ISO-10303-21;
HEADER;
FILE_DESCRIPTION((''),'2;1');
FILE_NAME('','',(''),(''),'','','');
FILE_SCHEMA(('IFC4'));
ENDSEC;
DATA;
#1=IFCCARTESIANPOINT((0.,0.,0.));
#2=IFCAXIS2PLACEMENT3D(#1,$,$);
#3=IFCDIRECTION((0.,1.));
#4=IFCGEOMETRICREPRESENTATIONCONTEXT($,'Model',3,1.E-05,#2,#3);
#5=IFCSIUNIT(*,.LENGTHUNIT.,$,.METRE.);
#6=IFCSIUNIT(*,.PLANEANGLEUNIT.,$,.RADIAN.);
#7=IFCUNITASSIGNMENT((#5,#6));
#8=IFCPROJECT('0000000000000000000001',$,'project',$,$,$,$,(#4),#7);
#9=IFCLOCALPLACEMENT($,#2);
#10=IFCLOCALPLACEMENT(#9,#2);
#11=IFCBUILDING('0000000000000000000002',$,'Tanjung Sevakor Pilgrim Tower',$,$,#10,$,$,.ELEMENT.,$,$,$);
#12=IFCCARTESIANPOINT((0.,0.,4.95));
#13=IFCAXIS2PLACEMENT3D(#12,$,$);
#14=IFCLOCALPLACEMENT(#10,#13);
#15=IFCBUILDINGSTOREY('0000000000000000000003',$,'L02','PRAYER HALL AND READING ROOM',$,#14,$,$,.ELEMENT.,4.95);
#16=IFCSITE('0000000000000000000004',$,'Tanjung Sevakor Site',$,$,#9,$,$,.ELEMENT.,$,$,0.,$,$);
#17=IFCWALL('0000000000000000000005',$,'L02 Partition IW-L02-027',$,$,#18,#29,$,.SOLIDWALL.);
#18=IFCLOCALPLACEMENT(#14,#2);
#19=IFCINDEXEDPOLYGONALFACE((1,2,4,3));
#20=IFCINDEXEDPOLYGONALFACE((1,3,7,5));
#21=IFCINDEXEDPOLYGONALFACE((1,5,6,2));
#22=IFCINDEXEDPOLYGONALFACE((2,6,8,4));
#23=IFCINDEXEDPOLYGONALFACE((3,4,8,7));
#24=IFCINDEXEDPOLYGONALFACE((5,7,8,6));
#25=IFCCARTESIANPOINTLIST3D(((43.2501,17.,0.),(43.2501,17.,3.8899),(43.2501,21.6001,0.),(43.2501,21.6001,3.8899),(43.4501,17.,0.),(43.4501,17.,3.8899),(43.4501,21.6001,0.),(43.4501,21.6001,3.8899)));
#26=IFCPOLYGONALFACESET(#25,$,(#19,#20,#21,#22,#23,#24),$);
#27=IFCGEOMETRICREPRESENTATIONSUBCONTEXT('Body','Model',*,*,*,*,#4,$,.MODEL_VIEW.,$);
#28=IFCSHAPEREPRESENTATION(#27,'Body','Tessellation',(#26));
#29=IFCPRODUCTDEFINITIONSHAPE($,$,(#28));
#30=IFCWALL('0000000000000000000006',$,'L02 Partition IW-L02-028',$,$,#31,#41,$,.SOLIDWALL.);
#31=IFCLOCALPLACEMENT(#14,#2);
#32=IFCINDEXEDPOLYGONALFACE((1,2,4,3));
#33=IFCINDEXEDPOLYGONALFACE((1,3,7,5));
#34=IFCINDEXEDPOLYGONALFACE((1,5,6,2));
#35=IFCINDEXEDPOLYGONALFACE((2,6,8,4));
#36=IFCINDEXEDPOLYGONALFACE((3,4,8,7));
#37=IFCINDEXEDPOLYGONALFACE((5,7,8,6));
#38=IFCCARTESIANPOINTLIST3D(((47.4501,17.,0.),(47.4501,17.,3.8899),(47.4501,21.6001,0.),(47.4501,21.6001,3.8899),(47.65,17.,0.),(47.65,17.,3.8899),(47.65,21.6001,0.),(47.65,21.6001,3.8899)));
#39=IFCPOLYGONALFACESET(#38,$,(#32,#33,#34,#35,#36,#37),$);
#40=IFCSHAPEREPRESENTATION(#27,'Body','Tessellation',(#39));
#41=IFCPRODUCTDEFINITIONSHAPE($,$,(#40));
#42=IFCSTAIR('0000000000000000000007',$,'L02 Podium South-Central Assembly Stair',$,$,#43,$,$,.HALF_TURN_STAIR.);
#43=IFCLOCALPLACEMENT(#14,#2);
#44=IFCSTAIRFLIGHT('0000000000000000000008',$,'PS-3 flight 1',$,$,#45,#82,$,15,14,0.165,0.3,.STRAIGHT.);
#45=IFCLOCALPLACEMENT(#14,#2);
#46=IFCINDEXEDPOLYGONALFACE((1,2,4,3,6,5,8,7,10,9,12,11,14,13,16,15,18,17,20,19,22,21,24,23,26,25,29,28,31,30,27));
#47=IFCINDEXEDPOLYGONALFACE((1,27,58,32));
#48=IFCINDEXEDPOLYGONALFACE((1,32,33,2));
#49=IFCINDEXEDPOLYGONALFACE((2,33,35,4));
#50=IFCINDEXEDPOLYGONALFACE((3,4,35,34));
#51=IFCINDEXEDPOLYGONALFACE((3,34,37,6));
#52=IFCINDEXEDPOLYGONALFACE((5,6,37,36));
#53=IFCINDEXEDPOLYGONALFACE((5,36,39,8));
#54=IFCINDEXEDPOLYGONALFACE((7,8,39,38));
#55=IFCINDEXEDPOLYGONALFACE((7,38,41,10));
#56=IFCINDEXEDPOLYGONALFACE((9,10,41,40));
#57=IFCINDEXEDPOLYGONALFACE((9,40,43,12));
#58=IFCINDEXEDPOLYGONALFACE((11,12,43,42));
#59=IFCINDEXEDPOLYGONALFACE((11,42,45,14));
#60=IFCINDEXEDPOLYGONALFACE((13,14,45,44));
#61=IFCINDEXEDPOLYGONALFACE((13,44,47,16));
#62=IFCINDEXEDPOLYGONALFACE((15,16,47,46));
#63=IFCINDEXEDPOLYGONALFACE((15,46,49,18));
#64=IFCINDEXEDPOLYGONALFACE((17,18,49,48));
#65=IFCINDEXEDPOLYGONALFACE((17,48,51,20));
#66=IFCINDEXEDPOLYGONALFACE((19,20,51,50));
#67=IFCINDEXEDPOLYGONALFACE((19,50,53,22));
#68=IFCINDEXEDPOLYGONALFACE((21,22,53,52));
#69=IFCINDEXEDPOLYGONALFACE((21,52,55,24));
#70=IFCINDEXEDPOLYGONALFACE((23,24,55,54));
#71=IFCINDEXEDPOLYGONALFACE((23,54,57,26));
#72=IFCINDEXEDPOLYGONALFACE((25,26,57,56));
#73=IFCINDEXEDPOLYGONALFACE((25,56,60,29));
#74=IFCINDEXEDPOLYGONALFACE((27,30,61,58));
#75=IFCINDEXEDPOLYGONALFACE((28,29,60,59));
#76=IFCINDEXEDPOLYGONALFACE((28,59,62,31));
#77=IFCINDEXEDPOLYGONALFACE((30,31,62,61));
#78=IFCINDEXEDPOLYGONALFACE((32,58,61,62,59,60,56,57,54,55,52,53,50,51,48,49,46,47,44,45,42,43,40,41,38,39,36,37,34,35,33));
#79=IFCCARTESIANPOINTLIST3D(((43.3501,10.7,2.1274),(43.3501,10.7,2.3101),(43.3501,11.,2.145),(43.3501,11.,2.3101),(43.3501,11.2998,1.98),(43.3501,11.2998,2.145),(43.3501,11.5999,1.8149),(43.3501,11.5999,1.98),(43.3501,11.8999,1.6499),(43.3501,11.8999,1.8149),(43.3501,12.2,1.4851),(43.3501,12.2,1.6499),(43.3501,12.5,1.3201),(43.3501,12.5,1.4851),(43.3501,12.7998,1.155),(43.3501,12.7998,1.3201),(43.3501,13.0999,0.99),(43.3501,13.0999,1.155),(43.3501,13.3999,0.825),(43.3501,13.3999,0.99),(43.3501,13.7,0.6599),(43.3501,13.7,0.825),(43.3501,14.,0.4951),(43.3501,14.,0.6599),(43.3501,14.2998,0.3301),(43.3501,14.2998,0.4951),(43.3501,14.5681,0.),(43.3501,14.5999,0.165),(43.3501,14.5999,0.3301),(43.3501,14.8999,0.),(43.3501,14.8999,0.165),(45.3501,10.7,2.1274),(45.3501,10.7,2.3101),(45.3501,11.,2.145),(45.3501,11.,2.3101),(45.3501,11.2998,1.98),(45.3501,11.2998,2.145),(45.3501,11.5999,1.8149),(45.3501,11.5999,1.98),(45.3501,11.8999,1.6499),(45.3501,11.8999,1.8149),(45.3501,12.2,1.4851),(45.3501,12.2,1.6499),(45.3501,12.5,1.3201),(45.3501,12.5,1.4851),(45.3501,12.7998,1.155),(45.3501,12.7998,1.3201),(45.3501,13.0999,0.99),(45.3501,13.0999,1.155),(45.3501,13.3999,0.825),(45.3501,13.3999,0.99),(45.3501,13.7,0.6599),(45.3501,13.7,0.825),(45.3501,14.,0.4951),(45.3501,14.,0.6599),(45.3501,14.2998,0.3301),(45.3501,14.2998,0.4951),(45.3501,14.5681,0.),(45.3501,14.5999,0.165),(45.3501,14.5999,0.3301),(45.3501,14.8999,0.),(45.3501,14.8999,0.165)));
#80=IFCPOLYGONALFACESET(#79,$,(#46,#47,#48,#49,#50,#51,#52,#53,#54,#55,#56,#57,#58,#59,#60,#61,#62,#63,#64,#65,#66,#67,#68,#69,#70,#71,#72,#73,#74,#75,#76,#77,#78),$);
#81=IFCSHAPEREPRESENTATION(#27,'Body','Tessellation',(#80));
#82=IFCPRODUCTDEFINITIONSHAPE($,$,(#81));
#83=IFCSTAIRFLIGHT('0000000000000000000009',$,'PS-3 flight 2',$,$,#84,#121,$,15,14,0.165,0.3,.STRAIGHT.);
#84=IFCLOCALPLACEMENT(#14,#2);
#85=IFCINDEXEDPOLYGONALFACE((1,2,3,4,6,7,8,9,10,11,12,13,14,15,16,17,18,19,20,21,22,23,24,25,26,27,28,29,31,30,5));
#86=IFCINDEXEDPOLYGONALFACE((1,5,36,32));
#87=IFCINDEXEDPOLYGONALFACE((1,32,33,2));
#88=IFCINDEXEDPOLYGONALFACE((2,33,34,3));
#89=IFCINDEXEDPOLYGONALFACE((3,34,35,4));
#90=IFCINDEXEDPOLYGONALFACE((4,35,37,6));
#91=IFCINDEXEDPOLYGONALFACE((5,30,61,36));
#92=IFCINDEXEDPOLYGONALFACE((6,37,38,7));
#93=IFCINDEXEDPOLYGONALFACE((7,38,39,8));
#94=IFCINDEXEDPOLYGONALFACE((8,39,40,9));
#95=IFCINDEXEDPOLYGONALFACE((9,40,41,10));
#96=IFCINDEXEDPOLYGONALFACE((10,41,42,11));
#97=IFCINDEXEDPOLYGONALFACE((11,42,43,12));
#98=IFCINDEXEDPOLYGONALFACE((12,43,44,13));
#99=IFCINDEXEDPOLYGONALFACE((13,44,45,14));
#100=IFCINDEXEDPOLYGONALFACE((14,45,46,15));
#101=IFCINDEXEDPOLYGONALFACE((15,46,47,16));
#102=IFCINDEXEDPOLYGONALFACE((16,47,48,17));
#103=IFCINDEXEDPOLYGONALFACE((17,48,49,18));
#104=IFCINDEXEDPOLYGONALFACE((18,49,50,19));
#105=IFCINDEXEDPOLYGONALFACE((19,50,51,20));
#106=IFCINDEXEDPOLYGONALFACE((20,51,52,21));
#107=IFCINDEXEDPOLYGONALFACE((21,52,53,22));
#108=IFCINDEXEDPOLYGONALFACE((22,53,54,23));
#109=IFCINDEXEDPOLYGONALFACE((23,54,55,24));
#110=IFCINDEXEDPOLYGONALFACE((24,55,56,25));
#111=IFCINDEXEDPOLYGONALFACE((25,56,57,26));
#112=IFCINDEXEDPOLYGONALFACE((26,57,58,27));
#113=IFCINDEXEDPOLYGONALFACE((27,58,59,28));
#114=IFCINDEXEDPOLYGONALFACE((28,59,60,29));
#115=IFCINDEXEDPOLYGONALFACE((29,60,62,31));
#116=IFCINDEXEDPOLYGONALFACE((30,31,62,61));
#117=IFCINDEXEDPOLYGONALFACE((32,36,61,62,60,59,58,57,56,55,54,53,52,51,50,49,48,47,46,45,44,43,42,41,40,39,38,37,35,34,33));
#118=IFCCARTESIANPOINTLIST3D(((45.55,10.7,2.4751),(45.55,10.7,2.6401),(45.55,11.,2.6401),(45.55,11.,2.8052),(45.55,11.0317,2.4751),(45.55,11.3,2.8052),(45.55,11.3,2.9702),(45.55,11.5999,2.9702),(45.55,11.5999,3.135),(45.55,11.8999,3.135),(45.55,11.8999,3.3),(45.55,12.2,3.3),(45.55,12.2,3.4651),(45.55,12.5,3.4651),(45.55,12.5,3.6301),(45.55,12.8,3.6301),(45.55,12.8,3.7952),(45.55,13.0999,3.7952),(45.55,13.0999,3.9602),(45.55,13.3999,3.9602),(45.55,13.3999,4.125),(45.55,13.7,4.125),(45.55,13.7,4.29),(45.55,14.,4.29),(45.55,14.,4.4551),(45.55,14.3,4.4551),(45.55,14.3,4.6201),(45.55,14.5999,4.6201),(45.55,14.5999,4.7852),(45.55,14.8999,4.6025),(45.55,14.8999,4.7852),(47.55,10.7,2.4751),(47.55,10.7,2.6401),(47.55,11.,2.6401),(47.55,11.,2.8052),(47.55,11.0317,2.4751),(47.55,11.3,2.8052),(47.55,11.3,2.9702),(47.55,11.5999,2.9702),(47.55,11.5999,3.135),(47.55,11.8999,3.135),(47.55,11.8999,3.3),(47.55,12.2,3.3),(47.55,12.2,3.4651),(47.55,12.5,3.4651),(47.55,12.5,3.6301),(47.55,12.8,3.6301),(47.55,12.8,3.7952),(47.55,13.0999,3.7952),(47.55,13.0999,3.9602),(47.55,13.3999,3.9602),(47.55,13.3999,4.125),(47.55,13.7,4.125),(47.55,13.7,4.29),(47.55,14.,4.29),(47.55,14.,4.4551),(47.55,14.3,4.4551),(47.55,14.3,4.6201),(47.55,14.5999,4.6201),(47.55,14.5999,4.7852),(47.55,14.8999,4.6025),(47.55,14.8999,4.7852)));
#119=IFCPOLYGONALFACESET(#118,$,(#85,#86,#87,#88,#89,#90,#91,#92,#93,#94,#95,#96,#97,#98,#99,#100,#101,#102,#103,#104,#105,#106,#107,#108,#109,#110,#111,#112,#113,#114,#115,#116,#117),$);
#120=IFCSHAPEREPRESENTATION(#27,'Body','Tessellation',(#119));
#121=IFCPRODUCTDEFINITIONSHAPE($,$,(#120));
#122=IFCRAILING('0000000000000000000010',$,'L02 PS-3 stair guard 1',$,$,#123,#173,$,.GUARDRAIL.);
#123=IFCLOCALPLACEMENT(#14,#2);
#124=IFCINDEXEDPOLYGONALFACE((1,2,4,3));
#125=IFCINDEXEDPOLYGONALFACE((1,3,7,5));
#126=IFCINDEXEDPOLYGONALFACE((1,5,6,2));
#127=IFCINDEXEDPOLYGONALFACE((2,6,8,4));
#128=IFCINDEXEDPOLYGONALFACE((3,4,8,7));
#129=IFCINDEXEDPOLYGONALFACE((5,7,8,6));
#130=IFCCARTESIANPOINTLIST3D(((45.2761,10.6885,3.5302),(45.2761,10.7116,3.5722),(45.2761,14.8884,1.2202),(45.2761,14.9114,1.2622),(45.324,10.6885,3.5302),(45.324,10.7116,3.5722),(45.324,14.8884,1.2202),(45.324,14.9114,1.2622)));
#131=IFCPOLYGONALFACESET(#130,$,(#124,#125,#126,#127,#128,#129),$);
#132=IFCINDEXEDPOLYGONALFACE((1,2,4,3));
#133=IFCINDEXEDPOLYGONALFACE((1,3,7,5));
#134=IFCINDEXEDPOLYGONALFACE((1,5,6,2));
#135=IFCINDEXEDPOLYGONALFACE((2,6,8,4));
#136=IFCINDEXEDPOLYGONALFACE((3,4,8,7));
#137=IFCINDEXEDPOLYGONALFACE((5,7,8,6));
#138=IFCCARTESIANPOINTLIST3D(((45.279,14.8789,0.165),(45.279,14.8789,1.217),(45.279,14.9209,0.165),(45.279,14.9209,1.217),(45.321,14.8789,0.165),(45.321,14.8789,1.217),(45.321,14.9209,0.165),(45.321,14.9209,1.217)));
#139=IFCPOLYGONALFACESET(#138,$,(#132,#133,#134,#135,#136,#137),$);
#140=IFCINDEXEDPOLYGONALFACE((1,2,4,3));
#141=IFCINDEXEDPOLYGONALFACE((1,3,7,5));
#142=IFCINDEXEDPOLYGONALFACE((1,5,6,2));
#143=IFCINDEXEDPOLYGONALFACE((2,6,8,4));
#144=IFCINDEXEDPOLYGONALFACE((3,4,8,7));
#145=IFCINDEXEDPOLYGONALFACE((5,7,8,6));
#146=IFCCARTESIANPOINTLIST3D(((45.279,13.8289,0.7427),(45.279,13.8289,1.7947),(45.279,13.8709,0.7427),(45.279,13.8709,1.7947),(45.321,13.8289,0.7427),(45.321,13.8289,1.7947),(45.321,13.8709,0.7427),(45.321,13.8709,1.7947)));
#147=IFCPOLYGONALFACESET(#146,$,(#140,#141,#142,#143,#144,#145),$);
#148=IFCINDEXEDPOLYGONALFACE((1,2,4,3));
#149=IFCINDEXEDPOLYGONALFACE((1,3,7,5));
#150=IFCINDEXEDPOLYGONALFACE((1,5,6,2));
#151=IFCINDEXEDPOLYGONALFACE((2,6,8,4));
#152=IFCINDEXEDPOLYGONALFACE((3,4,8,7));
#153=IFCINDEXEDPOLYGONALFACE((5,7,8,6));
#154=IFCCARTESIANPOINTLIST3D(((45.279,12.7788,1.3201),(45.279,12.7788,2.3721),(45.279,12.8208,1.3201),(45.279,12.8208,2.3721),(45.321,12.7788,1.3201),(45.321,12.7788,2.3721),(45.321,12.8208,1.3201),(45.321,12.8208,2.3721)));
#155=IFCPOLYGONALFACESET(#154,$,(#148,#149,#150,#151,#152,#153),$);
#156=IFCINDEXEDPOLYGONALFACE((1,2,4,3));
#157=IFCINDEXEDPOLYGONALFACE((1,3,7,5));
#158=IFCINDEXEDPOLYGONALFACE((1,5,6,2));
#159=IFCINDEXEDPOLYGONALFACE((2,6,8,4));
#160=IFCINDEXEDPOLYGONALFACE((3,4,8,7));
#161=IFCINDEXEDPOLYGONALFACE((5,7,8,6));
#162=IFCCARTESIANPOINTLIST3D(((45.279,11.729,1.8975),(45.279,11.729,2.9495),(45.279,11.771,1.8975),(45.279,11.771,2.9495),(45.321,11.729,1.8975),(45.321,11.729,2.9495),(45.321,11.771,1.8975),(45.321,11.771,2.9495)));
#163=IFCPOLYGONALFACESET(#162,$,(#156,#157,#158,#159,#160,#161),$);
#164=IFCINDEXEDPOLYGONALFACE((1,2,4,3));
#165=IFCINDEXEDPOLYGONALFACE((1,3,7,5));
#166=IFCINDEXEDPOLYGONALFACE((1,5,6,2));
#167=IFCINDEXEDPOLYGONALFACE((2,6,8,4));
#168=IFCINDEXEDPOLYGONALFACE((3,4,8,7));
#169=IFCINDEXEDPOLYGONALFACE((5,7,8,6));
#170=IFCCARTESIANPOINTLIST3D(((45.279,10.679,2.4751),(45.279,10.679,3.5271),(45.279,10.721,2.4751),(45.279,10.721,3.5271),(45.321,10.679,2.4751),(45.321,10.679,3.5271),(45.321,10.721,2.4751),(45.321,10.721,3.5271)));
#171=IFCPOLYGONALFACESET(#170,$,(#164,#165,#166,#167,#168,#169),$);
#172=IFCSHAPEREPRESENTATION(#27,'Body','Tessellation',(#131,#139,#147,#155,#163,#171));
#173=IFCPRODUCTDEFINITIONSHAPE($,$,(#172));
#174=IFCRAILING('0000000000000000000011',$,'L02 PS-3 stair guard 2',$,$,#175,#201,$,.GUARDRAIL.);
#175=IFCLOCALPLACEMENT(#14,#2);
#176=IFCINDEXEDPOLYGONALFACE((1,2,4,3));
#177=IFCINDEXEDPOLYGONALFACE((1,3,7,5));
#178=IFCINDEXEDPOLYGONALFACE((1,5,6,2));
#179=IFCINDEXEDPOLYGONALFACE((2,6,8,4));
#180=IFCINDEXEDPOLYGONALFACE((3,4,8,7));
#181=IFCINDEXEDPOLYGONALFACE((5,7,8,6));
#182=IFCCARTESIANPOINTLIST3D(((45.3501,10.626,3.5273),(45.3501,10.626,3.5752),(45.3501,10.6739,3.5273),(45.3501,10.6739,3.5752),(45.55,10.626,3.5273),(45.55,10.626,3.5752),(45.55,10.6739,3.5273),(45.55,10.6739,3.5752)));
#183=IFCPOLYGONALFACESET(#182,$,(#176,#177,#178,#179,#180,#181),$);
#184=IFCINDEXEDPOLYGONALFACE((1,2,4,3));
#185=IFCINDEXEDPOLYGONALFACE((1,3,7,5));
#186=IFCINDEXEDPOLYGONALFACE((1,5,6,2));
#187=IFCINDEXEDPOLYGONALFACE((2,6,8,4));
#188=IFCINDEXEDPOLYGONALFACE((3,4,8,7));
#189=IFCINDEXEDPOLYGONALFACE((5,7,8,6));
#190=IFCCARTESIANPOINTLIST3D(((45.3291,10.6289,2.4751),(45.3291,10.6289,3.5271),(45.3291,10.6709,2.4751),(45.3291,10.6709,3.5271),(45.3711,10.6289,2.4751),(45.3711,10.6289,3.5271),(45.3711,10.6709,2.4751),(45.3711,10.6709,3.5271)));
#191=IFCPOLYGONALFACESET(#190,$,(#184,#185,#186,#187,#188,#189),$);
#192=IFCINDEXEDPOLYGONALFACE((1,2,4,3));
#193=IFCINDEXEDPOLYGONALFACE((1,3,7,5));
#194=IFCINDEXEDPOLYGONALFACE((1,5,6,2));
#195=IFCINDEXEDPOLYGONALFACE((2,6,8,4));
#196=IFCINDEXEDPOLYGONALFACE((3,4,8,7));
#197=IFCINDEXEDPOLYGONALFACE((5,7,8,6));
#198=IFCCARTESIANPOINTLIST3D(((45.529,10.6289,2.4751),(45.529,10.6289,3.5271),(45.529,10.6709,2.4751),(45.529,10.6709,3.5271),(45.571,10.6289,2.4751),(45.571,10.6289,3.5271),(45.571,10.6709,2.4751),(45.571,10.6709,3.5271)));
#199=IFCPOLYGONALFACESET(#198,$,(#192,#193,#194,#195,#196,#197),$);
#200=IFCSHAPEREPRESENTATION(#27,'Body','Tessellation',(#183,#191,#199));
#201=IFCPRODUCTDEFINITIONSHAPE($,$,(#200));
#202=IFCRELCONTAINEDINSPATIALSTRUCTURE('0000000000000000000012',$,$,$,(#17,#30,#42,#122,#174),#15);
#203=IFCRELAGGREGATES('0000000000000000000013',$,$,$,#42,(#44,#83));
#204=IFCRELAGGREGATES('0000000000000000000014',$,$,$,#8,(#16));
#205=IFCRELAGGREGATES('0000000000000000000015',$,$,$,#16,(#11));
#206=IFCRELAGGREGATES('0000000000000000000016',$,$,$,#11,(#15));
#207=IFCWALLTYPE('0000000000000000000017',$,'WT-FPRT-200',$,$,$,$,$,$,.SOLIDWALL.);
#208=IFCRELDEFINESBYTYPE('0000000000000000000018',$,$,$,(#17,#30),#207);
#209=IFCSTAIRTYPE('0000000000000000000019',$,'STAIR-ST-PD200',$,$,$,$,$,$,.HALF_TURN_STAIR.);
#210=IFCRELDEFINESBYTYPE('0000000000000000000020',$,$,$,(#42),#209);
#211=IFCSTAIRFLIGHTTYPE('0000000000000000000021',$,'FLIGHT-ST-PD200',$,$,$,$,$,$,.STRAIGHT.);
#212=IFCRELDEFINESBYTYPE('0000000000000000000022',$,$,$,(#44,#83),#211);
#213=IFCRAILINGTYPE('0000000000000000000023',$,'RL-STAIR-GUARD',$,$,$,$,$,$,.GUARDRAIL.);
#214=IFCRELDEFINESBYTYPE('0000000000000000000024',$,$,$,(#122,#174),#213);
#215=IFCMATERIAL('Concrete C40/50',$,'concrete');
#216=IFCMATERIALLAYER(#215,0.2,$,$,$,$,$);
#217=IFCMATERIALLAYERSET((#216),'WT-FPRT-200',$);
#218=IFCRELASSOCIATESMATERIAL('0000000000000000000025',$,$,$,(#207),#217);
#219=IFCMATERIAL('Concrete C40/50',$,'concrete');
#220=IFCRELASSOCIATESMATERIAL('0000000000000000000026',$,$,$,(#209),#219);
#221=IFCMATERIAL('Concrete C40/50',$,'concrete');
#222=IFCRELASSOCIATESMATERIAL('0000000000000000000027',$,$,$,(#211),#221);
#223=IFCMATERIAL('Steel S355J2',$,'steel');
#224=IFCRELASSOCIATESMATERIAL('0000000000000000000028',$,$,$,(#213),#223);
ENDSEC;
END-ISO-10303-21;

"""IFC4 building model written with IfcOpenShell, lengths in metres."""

from ifc_helpers import new_model, si_unit, direction, frame, frame_2d, origin, place, context, subcontext, project, spatial, polyline, rectangle, outline, extrude, material, layer, layer_set, type_object, element, aggregate, save


model = new_model("IFC4")

# Units and contexts
model_context = context("Model", 3, precision=1e-05, world=origin(), true_north=direction((0.0, 1.0)))
body_context = subcontext(model_context, "Body", "Model", "MODEL_VIEW")
ifc_project = project(units=[si_unit("LENGTHUNIT", "METRE"), si_unit("PLANEANGLEUNIT", "RADIAN")], contexts=[model_context])

# Site, building, storey
site_placement = place(None, origin())
site = spatial("IfcSite", under=ifc_project, at=site_placement, Name="Tanjung Sevakor Site", CompositionType="ELEMENT", RefElevation=0.0)
building_placement = place(site_placement, origin())
building = spatial("IfcBuilding", under=site, at=building_placement, Name="Tanjung Sevakor Pilgrim Tower", CompositionType="ELEMENT")
storey_placement = place(building_placement, frame((0.0, 0.0, 4.95)))
storey = spatial("IfcBuildingStorey", under=building, at=storey_placement, Name="L02", Description="PRAYER HALL AND READING ROOM", CompositionType="ELEMENT", Elevation=4.95)

# Walls
ifc_material_1 = material(Name="Concrete C40/50", Category="concrete")
ifc_layer_1 = layer(ifc_material_1, 0.2)
ifc_layer_set_1 = layer_set([ifc_layer_1], Name="WT-FPRT-200")
wall_type_1 = type_object("IfcWallType", Name="WT-FPRT-200", PredefinedType="SOLIDWALL", material=ifc_layer_set_1)
for number, where, z_axis, x_axis, name in (
    (1, (43.3501, 17.0, 0.0), (0.0, 0.0, 1.0), (0.0, 1.0, 0.0), "L02 Partition IW-L02-027"),
    (2, (47.55, 17.0, 0.0), (0.0, 0.0, 1.0), (0.0, 1.0, 0.0), "L02 Partition IW-L02-028"),
):
    element("IfcWall", number, at=place(storey_placement, frame(where, z_axis=z_axis, x_axis=x_axis)), inside=storey, type_object=wall_type_1, Name=name, PredefinedType="SOLIDWALL", context=body_context, shape_type="SweptSolid", body=[
        extrude(rectangle(XDim=4.6001, YDim=0.2, at=frame_2d((2.3, 0.0))), origin(), (0.0, 0.0, 1.0), 3.8899),
    ])

# Stair, stair flights
ifc_material_2 = material(Name="Concrete C40/50", Category="concrete")
stair_type = type_object("IfcStairType", Name="STAIR-ST-PD200", PredefinedType="HALF_TURN_STAIR", material=ifc_material_2)
stair_placement = place(storey_placement, origin())
stair = element("IfcStair", 3, at=stair_placement, inside=storey, type_object=stair_type, Name="L02 Podium South-Central Assembly Stair", PredefinedType="HALF_TURN_STAIR")
ifc_material_3 = material(Name="Concrete C40/50", Category="concrete")
stair_flight_type = type_object("IfcStairFlightType", Name="FLIGHT-ST-PD200", PredefinedType="STRAIGHT", material=ifc_material_3)
stair_flight_1_placement = place(storey_placement, frame((44.3501, 14.8999, 0.0), z_axis=(0.0, 0.0, 1.0), x_axis=(0.0, -1.0, 0.0)))
stair_flight_1 = element("IfcStairFlight", 4, at=stair_flight_1_placement, type_object=stair_flight_type, Name="PS-3 flight 1", NumberOfRisers=15, NumberOfTreads=14, PredefinedType="STRAIGHT", RiserHeight=0.165, TreadLength=0.3, context=body_context, shape_type="SweptSolid", body=[
    extrude(outline(polyline([(0.0, 0.0), (0.0, 0.165), (0.3, 0.165), (0.3, 0.3301), (0.6001, 0.3301), (0.6001, 0.4951), (0.8999, 0.4951), (0.8999, 0.6599), (1.2, 0.6599), (1.2, 0.825), (1.5, 0.825), (1.5, 0.99), (1.8, 0.99), (1.8, 1.155), (2.1001, 1.155), (2.1001, 1.3201), (2.3999, 1.3201), (2.3999, 1.4851), (2.7, 1.4851), (2.7, 1.6499), (3.0, 1.6499), (3.0, 1.8149), (3.3, 1.8149), (3.3, 1.98), (3.6001, 1.98), (3.6001, 2.145), (3.8999, 2.145), (3.8999, 2.3101), (4.2, 2.3101), (4.2, 2.4751), (4.2, 2.1274), (0.3318, 0.0), (0.0, 0.0)])), frame((0.0, 1.0, 0.0), z_axis=(0.0, -1.0, 0.0), x_axis=(1.0, 0.0, 0.0)), (0.0, 0.0, 1.0), 2.0),
])
stair_flight_2_placement = place(storey_placement, frame((46.55, 10.7, 2.4751), z_axis=(0.0, 0.0, 1.0), x_axis=(0.0, 1.0, 0.0)))
stair_flight_2 = element("IfcStairFlight", 5, at=stair_flight_2_placement, type_object=stair_flight_type, Name="PS-3 flight 2", NumberOfRisers=15, NumberOfTreads=14, PredefinedType="STRAIGHT", RiserHeight=0.165, TreadLength=0.3, context=body_context, shape_type="SweptSolid", body=[
    extrude(outline(polyline([(0.0, 0.0), (0.0, 0.165), (0.3, 0.165), (0.3, 0.3301), (0.6001, 0.3301), (0.6001, 0.4951), (0.8999, 0.4951), (0.8999, 0.6599), (1.2, 0.6599), (1.2, 0.825), (1.5, 0.825), (1.5, 0.99), (1.8, 0.99), (1.8, 1.155), (2.1001, 1.155), (2.1001, 1.3201), (2.3999, 1.3201), (2.3999, 1.4851), (2.7, 1.4851), (2.7, 1.6499), (3.0, 1.6499), (3.0, 1.8149), (3.3, 1.8149), (3.3, 1.98), (3.6001, 1.98), (3.6001, 2.145), (3.8999, 2.145), (3.8999, 2.3101), (4.2, 2.3101), (4.2, 2.4751), (4.2, 2.1274), (0.3318, 0.0), (0.0, 0.0)])), frame((0.0, 1.0, 0.0), z_axis=(0.0, -1.0, 0.0), x_axis=(1.0, 0.0, 0.0)), (0.0, 0.0, 1.0), 2.0),
])
aggregate(stair, [stair_flight_1, stair_flight_2])

# Railings
ifc_material_4 = material(Name="Steel S355J2", Category="steel")
railing_type_1 = type_object("IfcRailingType", Name="RL-STAIR-GUARD", PredefinedType="GUARDRAIL", material=ifc_material_4)
railing_1_placement = place(storey_placement, frame((45.3, 14.8999, 0.165)))
element("IfcRailing", 6, at=railing_1_placement, inside=storey, type_object=railing_type_1, Name="L02 PS-3 stair guard 1", PredefinedType="GUARDRAIL", context=body_context, shape_type="SweptSolid", body=[
    extrude(rectangle(XDim=0.0479, YDim=0.0479), frame((0.0, 0.0, 1.0762), z_axis=(0.0, -0.876208, 0.481932), x_axis=(1.0, 0.0, 0.0)), (0.0, 0.0, 1.0), 4.7932),
    extrude(rectangle(XDim=0.042, YDim=0.042), origin(), (0.0, 0.0, 1.0), 1.052),
    extrude(rectangle(XDim=0.042, YDim=0.042), frame((0.0, -1.05, 0.5776)), (0.0, 0.0, 1.0), 1.052),
    extrude(rectangle(XDim=0.042, YDim=0.042), frame((0.0, -2.1001, 1.155)), (0.0, 0.0, 1.0), 1.052),
    extrude(rectangle(XDim=0.042, YDim=0.042), frame((0.0, -3.1499, 1.7324)), (0.0, 0.0, 1.0), 1.052),
    extrude(rectangle(XDim=0.042, YDim=0.042), frame((0.0, -4.2, 2.3101)), (0.0, 0.0, 1.0), 1.052),
])
railing_2_placement = place(storey_placement, frame((45.3501, 10.6499, 2.4751)))
element("IfcRailing", 7, at=railing_2_placement, inside=storey, type_object=railing_type_1, Name="L02 PS-3 stair guard 2", PredefinedType="GUARDRAIL", context=body_context, shape_type="SweptSolid", body=[
    extrude(rectangle(XDim=0.0479, YDim=0.0479), frame((0.0, 0.0, 1.0762), z_axis=(1.0, 0.0, 0.0), x_axis=(0.0, 1.0, 0.0)), (0.0, 0.0, 1.0), 0.2),
    extrude(rectangle(XDim=0.042, YDim=0.042), origin(), (0.0, 0.0, 1.0), 1.052),
    extrude(rectangle(XDim=0.042, YDim=0.042), frame((0.2, 0.0, 0.0)), (0.0, 0.0, 1.0), 1.052),
])

save(model, "model.ifc")
